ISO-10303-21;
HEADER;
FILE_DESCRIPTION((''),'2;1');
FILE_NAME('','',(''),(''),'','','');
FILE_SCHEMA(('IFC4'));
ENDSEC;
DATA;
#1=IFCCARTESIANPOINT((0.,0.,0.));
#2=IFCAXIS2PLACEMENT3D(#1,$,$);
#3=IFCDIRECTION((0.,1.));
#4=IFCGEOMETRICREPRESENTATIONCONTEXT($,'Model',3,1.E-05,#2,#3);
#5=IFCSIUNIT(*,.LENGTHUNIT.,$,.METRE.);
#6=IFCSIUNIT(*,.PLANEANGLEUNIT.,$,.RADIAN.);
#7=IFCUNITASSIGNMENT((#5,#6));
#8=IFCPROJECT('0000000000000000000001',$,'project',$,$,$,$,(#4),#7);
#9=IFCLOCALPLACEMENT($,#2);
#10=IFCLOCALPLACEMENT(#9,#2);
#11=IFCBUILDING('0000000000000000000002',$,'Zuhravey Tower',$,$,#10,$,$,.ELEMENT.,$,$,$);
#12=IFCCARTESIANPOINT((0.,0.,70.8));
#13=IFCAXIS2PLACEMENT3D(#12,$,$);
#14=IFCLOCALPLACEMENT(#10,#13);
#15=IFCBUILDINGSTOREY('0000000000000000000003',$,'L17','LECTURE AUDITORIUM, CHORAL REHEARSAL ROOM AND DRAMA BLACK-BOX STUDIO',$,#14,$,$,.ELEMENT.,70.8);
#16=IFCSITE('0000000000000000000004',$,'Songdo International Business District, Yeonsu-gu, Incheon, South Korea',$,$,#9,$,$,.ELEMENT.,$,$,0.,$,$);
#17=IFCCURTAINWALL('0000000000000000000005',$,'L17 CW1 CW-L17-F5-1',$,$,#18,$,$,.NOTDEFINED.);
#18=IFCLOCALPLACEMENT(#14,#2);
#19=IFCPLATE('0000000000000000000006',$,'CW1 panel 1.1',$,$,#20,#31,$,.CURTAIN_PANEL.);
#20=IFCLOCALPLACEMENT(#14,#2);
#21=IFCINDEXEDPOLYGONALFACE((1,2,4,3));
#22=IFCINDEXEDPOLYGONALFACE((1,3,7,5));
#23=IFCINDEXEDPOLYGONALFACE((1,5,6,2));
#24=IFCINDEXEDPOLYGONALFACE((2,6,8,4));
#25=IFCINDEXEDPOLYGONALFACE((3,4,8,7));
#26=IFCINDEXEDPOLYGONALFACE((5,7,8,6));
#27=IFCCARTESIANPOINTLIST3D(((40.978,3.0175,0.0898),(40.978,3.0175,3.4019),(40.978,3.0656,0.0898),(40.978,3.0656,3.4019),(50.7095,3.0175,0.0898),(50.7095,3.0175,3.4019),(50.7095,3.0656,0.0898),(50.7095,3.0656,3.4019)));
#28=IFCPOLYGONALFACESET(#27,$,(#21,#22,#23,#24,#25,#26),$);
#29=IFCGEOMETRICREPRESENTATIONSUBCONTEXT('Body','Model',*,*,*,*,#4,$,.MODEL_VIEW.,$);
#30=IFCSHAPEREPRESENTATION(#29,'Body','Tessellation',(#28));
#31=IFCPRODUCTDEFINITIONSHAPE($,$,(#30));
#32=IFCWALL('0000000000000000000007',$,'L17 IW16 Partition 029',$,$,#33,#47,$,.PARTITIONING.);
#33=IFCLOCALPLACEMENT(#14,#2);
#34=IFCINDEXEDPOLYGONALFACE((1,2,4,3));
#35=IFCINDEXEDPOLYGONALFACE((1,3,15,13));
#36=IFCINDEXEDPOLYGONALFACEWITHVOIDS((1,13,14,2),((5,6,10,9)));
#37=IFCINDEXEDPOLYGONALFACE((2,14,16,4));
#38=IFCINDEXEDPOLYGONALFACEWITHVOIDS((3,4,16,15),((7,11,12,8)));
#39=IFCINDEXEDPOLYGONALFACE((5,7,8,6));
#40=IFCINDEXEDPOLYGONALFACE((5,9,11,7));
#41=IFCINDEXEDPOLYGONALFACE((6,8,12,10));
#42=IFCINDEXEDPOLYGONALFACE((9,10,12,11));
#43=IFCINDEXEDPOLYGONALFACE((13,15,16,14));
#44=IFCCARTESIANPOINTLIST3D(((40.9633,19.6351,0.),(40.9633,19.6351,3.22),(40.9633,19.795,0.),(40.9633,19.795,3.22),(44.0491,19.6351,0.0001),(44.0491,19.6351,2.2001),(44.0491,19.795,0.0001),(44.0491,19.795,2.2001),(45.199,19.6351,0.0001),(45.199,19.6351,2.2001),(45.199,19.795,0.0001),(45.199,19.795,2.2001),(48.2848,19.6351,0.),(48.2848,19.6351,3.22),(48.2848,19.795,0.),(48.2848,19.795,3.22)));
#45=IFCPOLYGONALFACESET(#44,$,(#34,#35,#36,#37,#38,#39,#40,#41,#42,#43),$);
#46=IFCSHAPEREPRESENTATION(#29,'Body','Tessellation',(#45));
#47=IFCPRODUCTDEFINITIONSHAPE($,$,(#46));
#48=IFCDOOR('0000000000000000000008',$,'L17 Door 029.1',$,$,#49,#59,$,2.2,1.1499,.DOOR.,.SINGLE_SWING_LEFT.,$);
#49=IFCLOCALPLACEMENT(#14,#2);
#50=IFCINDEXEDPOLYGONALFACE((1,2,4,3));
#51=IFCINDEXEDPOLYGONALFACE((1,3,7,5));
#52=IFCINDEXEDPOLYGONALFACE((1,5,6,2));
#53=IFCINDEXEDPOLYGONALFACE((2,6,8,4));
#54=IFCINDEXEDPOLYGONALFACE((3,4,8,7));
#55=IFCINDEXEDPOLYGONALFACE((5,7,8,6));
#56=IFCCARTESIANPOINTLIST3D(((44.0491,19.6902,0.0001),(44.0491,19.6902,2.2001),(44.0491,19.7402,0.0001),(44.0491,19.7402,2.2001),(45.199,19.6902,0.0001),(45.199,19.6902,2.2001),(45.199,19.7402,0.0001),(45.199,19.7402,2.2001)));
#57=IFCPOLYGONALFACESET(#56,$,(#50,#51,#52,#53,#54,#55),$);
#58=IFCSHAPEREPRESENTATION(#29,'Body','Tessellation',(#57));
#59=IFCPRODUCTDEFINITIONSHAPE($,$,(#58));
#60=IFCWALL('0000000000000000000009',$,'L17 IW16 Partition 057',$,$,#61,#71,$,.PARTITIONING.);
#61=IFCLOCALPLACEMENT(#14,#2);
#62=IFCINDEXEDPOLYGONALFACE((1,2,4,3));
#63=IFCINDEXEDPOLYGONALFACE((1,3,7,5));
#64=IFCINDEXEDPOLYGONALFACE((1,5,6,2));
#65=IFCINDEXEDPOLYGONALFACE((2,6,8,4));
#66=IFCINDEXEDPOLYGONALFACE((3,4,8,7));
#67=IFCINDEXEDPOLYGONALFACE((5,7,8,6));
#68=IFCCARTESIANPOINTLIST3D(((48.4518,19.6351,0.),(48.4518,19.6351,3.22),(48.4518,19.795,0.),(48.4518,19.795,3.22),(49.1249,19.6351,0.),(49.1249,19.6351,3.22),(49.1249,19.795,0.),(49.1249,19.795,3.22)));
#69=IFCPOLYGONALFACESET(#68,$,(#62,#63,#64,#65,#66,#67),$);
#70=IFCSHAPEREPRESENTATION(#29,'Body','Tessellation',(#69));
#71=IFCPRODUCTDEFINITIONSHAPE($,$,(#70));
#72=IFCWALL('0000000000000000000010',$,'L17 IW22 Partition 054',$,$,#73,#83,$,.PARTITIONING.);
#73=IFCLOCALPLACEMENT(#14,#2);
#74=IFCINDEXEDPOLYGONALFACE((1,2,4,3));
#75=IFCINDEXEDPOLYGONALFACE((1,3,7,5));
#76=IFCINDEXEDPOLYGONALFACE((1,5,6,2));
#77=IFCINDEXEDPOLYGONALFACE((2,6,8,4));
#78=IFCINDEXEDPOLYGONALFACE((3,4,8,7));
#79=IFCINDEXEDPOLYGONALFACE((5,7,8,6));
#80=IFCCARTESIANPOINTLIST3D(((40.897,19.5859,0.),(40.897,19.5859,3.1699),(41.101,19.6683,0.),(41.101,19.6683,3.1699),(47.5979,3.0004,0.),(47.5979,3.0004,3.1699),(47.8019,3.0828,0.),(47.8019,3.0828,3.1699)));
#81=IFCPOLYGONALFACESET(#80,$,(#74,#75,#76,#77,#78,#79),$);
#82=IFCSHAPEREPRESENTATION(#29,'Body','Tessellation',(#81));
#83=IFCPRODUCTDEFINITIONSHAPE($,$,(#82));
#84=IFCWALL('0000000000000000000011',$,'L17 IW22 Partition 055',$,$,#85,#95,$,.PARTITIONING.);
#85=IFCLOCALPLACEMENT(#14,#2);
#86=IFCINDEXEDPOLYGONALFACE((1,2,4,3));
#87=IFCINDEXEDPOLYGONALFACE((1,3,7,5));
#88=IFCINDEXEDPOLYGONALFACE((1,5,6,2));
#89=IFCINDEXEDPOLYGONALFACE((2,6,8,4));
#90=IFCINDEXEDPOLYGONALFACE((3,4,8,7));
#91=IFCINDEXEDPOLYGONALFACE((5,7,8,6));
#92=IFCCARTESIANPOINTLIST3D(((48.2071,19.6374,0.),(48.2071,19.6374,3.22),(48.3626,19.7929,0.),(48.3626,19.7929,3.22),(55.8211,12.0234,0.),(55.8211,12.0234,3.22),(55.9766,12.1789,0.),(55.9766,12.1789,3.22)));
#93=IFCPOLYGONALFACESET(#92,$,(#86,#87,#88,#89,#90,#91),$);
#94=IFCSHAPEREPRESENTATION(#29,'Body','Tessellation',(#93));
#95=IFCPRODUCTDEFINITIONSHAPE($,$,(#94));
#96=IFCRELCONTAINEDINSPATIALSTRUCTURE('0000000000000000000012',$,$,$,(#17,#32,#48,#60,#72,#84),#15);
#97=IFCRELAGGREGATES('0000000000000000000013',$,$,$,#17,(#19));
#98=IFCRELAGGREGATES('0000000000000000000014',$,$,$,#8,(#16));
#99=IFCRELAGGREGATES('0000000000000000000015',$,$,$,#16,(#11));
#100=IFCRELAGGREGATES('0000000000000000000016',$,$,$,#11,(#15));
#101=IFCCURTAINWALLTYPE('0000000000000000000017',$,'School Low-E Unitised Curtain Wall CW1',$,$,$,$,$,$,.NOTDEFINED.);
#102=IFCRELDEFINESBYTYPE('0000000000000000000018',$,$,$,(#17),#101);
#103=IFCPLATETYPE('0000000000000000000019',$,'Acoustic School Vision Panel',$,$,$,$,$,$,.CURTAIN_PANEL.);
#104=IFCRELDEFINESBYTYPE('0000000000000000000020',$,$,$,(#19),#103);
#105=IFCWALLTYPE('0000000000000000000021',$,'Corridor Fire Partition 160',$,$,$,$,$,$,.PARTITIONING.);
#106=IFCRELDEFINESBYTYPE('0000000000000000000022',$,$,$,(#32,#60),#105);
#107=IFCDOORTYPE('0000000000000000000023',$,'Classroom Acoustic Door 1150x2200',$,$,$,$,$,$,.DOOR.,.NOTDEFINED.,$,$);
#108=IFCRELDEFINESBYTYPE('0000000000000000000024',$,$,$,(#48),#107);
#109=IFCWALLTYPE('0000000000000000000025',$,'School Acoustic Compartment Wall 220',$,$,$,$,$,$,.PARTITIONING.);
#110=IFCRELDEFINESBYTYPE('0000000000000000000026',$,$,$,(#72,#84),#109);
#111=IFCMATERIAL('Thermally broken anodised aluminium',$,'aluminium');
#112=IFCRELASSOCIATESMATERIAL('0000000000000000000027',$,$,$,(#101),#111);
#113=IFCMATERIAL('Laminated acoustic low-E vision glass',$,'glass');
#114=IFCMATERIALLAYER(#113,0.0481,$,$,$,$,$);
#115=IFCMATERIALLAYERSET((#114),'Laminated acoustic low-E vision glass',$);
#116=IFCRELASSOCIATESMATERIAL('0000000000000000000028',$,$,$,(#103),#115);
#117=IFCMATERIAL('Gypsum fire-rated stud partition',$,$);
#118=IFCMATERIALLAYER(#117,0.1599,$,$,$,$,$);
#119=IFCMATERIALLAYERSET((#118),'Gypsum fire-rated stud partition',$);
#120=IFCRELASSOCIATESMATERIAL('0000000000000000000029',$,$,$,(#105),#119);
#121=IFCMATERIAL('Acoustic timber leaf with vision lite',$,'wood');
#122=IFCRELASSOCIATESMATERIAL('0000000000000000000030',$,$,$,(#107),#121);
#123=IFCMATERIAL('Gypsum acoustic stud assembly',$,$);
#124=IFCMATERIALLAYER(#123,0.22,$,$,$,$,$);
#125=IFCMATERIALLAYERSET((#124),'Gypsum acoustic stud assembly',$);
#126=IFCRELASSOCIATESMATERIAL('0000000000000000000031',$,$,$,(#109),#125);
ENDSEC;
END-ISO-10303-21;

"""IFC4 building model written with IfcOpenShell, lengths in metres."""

from ifc_helpers import new_model, si_unit, direction, frame, frame_2d, origin, origin_2d, place, context, subcontext, project, spatial, rectangle, extrude, material, layer, layer_set, type_object, element, fill, aggregate, save


model = new_model("IFC4")

# Units and contexts
model_context = context("Model", 3, precision=1e-05, world=origin(), true_north=direction((0.0, 1.0)))
body_context = subcontext(model_context, "Body", "Model", "MODEL_VIEW")
ifc_project = project(units=[si_unit("LENGTHUNIT", "METRE"), si_unit("PLANEANGLEUNIT", "RADIAN")], contexts=[model_context])

# Site, building, storey
site_placement = place(None, origin())
site = spatial("IfcSite", under=ifc_project, at=site_placement, Name="Songdo International Business District, Yeonsu-gu, Incheon, South Korea", CompositionType="ELEMENT", RefElevation=0.0)
building_placement = place(site_placement, origin())
building = spatial("IfcBuilding", under=site, at=building_placement, Name="Zuhravey Tower", CompositionType="ELEMENT")
storey_placement = place(building_placement, frame((0.0, 0.0, 70.8)))
storey = spatial("IfcBuildingStorey", under=building, at=storey_placement, Name="L17", Description="LECTURE AUDITORIUM, CHORAL REHEARSAL ROOM AND DRAMA BLACK-BOX STUDIO", CompositionType="ELEMENT", Elevation=70.8)

# Curtain wall
ifc_material_1 = material(Name="Thermally broken anodised aluminium", Category="aluminium")
curtain_wall_type = type_object("IfcCurtainWallType", Name="School Low-E Unitised Curtain Wall CW1", PredefinedType="NOTDEFINED", material=ifc_material_1)
curtain_wall_placement = place(storey_placement, origin())
curtain_wall = element("IfcCurtainWall", 1, at=curtain_wall_placement, inside=storey, type_object=curtain_wall_type, Name="L17 CW1 CW-L17-F5-1", PredefinedType="NOTDEFINED")

# Plate
ifc_material_2 = material(Name="Laminated acoustic low-E vision glass", Category="glass")
ifc_layer_1 = layer(ifc_material_2, 0.0481)
ifc_layer_set_1 = layer_set([ifc_layer_1], Name="Laminated acoustic low-E vision glass")
plate_type = type_object("IfcPlateType", Name="Acoustic School Vision Panel", PredefinedType="CURTAIN_PANEL", material=ifc_layer_set_1)
plate_placement = place(storey_placement, frame((45.8438, 3.0415, 0.0898), z_axis=(0.0, 0.0, 1.0), x_axis=(-1.0, 0.0, 0.0)))
plate = element("IfcPlate", 2, at=plate_placement, type_object=plate_type, Name="CW1 panel 1.1", PredefinedType="CURTAIN_PANEL", context=body_context, shape_type="SweptSolid", body=[
    extrude(rectangle(XDim=9.7314, YDim=0.0481, at=origin_2d()), origin(), (0.0, 0.0, 1.0), 3.312),
])
aggregate(curtain_wall, [plate])

# Wall, opening, door
ifc_material_3 = material(Name="Gypsum fire-rated stud partition")
ifc_layer_2 = layer(ifc_material_3, 0.1599)
ifc_layer_set_2 = layer_set([ifc_layer_2], Name="Gypsum fire-rated stud partition")
wall_type_1 = type_object("IfcWallType", Name="Corridor Fire Partition 160", PredefinedType="PARTITIONING", material=ifc_layer_set_2)
wall_1_placement = place(storey_placement, frame((40.9634, 19.7151, 0.0), z_axis=(0.0, 0.0, 1.0), x_axis=(1.0, 0.0, 0.0)))
wall_1 = element("IfcWall", 3, at=wall_1_placement, inside=storey, type_object=wall_type_1, Name="L17 IW16 Partition 029", PredefinedType="PARTITIONING", context=body_context, shape_type="SweptSolid", body=[
    extrude(rectangle(XDim=7.3215, YDim=0.1599, at=frame_2d((3.6606, 0.0))), origin(), (0.0, 0.0, 1.0), 3.22),
])
opening_1_placement = place(wall_1_placement, frame((3.0857, 0.0, 0.0)))
opening_1 = element("IfcOpeningElement", 4, at=opening_1_placement, cuts=wall_1, PredefinedType="OPENING", context=body_context, shape_type="SweptSolid", body=[
    extrude(rectangle(XDim=1.1499, YDim=2.2, at=frame_2d((0.575, 1.1001))), frame((0.0, 0.092, 0.0), z_axis=(0.0, -1.0, 0.0), x_axis=(1.0, 0.0, 0.0)), (0.0, 0.0, 1.0), 0.1838),
])
ifc_material_4 = material(Name="Acoustic timber leaf with vision lite", Category="wood")
door_type_1 = type_object("IfcDoorType", Name="Classroom Acoustic Door 1150x2200", OperationType="NOTDEFINED", PredefinedType="DOOR", material=ifc_material_4)
door_1_placement = place(opening_1_placement, frame((1.1499, 0.0, 0.0), z_axis=(0.0, 0.0, 1.0), x_axis=(-1.0, 0.0, 0.0)))
door_1 = element("IfcDoor", 5, at=door_1_placement, inside=storey, type_object=door_type_1, Name="L17 Door 029.1", OperationType="SINGLE_SWING_LEFT", OverallHeight=2.2, OverallWidth=1.1499, PredefinedType="DOOR", context=body_context, shape_type="SweptSolid", body=[
    extrude(rectangle(XDim=1.1499, YDim=2.2, at=frame_2d((0.575, 1.1001))), frame((0.0, 0.0249, 0.0), z_axis=(0.0, -1.0, 0.0), x_axis=(1.0, 0.0, 0.0)), (0.0, 0.0, 1.0), 0.05),
])
fill(opening_1, door_1)

# Walls
wall_2_placement = place(storey_placement, frame((48.4519, 19.7151, 0.0), z_axis=(0.0, 0.0, 1.0), x_axis=(1.0, 0.0, 0.0)))
element("IfcWall", 6, at=wall_2_placement, inside=storey, type_object=wall_type_1, Name="L17 IW16 Partition 057", PredefinedType="PARTITIONING", context=body_context, shape_type="SweptSolid", body=[
    extrude(rectangle(XDim=0.6731, YDim=0.1599, at=frame_2d((0.3364, 0.0))), origin(), (0.0, 0.0, 1.0), 3.22),
])
ifc_material_5 = material(Name="Gypsum acoustic stud assembly")
ifc_layer_3 = layer(ifc_material_5, 0.22)
ifc_layer_set_3 = layer_set([ifc_layer_3], Name="Gypsum acoustic stud assembly")
wall_type_2 = type_object("IfcWallType", Name="School Acoustic Compartment Wall 220", PredefinedType="PARTITIONING", material=ifc_layer_set_3)
wall_3_placement = place(storey_placement, frame((40.999, 19.627, 0.0), z_axis=(0.0, 0.0, 1.0), x_axis=(0.374605, -0.927184, 0.0)))
element("IfcWall", 7, at=wall_3_placement, inside=storey, type_object=wall_type_2, Name="L17 IW22 Partition 054", PredefinedType="PARTITIONING", context=body_context, shape_type="SweptSolid", body=[
    extrude(rectangle(XDim=17.8879, YDim=0.22, at=frame_2d((8.9438, 0.0))), origin(), (0.0, 0.0, 1.0), 3.1699),
])
wall_4_placement = place(storey_placement, frame((48.2849, 19.7151, 0.0), z_axis=(0.0, 0.0, 1.0), x_axis=(0.707107, -0.707107, 0.0)))
element("IfcWall", 8, at=wall_4_placement, inside=storey, type_object=wall_type_2, Name="L17 IW22 Partition 055", PredefinedType="PARTITIONING", context=body_context, shape_type="SweptSolid", body=[
    extrude(rectangle(XDim=10.7678, YDim=0.22, at=frame_2d((5.3838, 0.0))), origin(), (0.0, 0.0, 1.0), 3.22),
])

save(model, "model.ifc")
